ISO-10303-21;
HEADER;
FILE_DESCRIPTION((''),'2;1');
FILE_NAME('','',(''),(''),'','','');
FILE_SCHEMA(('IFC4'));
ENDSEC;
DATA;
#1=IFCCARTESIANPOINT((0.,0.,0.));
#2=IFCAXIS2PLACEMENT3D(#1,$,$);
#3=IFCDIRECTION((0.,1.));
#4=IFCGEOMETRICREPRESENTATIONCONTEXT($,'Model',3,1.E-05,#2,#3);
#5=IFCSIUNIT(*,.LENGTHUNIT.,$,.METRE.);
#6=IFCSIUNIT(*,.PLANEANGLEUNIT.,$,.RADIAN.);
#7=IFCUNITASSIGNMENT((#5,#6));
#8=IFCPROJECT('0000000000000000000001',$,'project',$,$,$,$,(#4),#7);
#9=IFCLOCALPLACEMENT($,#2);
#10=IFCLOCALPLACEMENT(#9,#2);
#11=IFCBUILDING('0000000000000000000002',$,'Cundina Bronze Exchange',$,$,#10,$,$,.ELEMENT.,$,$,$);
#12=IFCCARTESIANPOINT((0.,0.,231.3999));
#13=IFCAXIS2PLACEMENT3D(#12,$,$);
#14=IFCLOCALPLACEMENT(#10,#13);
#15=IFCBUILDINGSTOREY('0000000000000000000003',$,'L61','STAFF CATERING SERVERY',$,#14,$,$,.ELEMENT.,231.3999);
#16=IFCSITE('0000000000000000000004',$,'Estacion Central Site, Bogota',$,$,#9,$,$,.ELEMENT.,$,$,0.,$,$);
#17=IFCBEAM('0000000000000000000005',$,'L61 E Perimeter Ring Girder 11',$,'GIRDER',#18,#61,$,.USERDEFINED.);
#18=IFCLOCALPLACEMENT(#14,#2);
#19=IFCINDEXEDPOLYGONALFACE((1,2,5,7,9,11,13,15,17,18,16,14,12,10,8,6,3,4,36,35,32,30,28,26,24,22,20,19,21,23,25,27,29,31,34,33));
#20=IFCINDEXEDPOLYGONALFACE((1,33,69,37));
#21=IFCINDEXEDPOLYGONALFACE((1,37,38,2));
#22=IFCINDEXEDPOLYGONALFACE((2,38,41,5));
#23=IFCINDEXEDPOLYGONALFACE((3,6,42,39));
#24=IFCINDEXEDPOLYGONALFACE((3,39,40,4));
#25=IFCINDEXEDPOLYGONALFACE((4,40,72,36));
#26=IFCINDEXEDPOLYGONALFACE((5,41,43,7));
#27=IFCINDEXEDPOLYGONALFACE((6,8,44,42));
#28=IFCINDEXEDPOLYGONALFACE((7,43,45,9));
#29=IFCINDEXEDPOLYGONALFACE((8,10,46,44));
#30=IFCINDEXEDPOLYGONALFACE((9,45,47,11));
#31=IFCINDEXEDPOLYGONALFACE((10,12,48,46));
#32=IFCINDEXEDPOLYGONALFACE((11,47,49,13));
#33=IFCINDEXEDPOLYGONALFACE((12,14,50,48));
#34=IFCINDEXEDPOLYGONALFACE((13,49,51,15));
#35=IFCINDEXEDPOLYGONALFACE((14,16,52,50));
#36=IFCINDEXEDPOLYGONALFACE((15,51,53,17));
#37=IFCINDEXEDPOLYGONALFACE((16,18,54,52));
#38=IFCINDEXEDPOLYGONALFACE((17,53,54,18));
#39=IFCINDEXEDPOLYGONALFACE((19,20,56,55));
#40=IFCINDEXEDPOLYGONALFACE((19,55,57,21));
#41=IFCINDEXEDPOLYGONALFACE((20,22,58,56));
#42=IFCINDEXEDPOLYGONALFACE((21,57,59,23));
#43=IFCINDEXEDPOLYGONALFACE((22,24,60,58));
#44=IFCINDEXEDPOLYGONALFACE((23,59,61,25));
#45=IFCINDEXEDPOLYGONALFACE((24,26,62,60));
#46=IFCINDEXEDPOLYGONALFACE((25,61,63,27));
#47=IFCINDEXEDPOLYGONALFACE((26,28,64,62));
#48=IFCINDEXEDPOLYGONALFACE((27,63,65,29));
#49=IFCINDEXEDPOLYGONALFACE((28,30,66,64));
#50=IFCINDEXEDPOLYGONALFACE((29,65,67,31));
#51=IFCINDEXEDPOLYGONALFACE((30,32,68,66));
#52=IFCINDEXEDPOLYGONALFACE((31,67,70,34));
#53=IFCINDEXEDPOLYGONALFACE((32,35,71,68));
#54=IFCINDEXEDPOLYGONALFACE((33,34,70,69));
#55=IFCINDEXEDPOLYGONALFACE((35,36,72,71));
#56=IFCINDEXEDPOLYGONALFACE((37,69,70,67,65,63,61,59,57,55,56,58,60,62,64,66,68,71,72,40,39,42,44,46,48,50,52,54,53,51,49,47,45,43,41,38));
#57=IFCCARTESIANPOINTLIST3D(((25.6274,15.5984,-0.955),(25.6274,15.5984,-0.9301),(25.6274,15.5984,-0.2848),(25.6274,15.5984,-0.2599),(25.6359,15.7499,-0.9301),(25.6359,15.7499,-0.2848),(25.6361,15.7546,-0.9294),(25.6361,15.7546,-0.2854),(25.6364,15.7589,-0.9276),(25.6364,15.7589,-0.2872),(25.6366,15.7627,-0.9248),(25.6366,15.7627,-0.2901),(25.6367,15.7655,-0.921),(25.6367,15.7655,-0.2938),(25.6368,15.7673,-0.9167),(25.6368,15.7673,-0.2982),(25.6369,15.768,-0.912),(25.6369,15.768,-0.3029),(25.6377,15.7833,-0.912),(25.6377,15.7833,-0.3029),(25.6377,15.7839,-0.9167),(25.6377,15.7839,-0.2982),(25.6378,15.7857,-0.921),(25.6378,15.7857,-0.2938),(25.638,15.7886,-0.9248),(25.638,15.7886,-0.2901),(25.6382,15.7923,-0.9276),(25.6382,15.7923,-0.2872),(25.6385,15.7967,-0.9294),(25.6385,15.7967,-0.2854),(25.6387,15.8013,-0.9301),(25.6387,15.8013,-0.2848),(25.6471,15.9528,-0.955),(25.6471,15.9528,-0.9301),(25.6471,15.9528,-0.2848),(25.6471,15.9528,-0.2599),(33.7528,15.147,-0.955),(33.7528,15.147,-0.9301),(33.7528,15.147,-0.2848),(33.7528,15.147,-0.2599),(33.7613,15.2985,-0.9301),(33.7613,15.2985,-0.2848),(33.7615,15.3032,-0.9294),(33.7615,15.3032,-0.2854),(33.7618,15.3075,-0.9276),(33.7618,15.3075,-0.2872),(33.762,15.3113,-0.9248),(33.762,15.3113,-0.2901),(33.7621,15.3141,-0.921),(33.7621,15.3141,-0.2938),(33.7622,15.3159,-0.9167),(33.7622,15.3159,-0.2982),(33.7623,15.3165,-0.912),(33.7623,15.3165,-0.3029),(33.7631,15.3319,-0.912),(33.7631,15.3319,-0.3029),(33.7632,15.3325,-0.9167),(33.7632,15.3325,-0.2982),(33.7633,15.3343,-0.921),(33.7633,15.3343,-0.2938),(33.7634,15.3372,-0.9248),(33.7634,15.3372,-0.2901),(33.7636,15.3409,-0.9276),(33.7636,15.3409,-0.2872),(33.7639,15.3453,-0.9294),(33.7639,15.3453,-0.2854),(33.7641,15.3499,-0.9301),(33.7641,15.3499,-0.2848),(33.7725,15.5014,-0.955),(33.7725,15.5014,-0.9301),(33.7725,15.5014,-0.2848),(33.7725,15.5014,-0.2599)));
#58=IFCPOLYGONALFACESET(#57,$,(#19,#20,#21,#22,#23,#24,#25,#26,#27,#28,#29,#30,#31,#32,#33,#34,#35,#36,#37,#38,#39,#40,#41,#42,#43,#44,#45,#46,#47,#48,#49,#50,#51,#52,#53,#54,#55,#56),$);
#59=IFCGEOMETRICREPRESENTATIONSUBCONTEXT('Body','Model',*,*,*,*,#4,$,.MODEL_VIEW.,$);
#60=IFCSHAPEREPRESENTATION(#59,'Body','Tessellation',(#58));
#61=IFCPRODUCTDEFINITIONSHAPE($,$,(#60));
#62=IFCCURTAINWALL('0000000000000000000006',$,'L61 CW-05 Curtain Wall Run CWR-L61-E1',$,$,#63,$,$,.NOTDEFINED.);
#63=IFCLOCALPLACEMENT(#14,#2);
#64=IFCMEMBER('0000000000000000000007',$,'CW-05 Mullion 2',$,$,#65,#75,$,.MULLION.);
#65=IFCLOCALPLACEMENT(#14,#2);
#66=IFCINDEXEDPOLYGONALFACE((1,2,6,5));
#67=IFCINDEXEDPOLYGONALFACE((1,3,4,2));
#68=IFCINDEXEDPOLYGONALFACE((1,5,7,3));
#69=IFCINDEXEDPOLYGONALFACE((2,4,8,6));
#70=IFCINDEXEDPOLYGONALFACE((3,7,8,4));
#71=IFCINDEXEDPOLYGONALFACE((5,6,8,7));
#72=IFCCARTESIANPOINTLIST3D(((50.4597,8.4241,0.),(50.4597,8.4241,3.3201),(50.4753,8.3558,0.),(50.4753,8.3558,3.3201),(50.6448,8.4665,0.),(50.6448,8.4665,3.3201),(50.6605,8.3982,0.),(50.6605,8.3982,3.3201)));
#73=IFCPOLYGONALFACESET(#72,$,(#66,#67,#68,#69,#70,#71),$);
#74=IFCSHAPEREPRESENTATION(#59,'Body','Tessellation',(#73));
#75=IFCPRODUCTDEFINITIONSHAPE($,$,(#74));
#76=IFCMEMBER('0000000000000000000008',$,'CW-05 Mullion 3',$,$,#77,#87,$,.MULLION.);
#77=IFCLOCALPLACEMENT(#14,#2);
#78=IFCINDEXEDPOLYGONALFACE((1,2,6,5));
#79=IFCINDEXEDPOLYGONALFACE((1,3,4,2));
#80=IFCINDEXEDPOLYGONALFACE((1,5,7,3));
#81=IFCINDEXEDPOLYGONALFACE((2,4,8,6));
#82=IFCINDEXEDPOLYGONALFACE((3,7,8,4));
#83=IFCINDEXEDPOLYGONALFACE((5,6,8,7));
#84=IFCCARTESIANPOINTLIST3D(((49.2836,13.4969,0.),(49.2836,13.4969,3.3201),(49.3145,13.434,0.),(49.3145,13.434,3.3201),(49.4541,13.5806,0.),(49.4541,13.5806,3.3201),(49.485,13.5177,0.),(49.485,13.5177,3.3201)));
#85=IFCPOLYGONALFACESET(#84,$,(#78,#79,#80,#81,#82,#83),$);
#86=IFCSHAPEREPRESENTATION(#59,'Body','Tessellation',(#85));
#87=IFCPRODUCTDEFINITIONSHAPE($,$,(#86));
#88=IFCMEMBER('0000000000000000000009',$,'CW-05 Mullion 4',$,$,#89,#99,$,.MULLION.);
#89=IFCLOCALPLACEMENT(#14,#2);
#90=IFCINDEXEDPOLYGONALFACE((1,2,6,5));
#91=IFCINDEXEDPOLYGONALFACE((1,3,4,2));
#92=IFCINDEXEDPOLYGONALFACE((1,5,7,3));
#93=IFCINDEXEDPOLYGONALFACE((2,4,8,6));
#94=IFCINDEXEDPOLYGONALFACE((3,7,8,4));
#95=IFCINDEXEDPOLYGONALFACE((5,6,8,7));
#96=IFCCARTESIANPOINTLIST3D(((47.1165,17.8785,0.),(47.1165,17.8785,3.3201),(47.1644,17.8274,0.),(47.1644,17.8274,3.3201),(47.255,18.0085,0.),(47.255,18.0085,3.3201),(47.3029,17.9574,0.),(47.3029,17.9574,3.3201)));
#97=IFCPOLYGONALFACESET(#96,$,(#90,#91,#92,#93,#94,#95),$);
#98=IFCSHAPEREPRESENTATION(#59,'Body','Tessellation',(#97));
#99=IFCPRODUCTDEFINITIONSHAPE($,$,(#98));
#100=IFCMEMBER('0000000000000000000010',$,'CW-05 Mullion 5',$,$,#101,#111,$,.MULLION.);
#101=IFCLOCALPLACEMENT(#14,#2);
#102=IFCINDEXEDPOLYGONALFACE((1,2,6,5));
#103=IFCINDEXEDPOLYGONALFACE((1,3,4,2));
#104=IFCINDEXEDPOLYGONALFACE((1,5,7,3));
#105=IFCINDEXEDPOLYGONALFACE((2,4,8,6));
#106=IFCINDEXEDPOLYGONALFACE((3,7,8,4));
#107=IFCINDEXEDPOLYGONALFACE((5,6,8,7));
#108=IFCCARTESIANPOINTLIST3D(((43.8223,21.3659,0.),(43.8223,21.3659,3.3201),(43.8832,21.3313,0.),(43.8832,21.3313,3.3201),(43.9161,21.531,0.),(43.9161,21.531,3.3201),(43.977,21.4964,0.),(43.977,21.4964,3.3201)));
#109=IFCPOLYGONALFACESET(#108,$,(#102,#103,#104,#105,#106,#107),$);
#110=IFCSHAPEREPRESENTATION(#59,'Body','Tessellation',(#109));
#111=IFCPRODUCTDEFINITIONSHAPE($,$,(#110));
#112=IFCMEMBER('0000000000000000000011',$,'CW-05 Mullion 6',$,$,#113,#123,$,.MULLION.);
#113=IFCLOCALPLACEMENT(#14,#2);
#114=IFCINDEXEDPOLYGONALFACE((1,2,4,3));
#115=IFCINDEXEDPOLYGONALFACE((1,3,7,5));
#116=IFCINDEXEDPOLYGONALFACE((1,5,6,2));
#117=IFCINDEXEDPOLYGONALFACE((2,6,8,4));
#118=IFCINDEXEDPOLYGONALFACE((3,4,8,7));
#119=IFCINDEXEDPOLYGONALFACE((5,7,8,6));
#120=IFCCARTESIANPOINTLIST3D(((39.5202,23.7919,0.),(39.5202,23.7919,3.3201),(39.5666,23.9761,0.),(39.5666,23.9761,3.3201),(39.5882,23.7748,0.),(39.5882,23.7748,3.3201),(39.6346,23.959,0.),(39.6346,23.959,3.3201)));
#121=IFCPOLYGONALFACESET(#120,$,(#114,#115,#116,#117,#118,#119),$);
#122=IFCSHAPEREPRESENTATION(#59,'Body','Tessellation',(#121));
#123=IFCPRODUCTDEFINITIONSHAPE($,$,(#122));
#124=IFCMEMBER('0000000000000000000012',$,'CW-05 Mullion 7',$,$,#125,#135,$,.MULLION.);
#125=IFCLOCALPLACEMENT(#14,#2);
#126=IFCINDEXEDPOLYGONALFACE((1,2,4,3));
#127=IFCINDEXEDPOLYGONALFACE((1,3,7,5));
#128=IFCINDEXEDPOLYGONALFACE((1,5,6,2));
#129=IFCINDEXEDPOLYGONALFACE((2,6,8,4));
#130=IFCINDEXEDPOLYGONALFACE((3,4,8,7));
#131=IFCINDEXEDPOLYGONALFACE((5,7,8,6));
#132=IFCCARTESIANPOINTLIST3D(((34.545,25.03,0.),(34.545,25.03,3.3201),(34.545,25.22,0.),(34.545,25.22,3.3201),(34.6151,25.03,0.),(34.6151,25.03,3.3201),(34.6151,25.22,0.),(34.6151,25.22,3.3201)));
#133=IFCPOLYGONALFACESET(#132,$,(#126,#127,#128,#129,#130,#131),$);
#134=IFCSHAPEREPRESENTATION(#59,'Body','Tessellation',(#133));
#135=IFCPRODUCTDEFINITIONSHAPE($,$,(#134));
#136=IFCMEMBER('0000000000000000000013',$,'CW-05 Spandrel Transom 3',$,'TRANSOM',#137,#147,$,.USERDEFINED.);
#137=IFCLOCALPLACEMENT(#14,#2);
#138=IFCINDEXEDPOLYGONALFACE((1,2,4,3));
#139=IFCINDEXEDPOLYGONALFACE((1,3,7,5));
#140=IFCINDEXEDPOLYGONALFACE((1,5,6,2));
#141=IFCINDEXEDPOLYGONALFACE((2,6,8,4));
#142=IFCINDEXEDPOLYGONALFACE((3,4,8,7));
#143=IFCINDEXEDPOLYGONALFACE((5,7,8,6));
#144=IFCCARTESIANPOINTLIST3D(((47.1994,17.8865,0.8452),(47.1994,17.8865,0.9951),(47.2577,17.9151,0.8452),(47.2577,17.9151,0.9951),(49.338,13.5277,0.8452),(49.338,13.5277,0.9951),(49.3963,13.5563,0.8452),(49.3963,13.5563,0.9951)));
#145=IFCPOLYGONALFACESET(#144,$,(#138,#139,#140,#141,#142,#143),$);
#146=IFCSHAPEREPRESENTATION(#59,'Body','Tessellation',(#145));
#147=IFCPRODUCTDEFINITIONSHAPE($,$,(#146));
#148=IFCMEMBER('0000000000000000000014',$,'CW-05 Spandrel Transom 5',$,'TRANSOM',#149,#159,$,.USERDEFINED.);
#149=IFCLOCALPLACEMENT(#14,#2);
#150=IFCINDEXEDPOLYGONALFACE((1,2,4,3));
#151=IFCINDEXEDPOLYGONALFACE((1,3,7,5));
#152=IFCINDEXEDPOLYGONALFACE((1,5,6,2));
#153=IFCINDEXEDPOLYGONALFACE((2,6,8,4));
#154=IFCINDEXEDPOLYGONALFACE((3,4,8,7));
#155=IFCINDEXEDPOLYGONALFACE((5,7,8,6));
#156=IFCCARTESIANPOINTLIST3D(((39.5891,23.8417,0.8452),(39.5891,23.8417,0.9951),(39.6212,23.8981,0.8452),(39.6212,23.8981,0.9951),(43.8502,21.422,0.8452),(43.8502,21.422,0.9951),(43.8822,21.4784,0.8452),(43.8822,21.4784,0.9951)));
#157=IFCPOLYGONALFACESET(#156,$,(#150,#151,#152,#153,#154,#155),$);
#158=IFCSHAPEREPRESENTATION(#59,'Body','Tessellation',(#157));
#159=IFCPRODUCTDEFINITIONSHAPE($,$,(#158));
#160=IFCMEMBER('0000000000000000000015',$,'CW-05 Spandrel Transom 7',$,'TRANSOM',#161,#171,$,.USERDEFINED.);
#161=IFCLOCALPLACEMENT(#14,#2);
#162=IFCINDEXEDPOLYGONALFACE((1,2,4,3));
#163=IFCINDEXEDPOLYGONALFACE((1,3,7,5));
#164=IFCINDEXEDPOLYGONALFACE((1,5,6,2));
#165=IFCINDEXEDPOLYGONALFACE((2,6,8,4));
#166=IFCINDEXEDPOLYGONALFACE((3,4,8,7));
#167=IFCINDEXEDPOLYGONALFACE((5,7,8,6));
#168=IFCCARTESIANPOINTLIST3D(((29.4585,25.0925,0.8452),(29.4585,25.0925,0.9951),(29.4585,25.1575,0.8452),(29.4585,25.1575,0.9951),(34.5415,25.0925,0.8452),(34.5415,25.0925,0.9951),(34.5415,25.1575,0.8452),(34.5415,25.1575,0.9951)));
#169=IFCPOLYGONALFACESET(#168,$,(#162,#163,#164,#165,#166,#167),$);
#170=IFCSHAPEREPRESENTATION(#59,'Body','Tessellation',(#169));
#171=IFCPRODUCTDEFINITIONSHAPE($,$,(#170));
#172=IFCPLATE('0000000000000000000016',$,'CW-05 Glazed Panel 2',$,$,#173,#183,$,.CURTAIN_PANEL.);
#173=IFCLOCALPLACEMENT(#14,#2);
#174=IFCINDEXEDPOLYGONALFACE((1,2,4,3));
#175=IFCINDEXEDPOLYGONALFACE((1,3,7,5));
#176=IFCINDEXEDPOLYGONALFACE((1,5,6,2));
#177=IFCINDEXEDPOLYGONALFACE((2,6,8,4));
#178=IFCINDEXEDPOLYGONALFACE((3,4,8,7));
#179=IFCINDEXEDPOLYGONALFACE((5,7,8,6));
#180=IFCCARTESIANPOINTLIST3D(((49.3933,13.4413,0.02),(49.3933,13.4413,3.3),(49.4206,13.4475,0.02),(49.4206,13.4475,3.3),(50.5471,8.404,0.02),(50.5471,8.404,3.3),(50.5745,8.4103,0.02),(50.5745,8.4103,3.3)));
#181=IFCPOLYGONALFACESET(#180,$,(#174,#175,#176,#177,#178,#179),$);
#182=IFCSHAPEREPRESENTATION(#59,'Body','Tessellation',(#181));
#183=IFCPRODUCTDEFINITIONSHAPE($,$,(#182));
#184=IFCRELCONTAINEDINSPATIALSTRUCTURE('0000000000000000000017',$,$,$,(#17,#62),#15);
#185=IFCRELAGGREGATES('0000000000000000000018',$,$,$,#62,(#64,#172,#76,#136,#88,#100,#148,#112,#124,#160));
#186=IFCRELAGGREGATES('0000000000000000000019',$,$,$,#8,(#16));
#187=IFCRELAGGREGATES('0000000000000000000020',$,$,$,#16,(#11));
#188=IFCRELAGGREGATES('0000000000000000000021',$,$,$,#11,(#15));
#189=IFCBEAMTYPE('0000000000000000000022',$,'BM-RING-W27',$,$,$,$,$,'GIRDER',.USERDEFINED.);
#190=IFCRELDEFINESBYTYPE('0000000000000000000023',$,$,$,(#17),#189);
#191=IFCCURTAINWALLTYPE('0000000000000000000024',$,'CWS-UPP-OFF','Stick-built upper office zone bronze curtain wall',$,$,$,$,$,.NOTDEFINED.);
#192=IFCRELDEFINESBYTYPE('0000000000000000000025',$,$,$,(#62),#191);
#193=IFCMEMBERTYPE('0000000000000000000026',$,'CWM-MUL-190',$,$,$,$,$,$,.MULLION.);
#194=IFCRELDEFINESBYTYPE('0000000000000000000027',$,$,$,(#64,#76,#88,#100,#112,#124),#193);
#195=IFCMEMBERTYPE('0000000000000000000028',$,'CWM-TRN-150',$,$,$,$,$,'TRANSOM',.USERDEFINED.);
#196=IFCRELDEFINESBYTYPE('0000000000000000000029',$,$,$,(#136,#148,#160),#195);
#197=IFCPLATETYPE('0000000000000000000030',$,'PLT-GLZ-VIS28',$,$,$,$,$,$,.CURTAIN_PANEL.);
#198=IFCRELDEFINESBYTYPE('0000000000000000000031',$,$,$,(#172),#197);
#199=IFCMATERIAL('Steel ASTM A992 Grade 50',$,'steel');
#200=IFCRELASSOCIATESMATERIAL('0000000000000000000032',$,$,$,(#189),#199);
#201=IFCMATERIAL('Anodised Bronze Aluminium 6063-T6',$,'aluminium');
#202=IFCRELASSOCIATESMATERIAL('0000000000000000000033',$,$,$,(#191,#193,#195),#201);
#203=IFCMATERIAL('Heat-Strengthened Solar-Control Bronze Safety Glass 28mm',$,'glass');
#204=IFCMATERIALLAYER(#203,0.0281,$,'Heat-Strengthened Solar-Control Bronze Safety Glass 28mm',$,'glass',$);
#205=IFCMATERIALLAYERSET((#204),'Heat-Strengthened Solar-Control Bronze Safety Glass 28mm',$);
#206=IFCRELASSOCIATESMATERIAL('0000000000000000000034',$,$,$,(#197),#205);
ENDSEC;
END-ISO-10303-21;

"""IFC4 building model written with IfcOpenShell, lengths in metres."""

from ifc_helpers import new_model, si_unit, direction, frame, origin, origin_2d, place, context, subcontext, project, spatial, rectangle, i_section, extrude, material, layer, layer_set, material_profile, profile_set, type_object, element, aggregate, save


model = new_model("IFC4")

# Units and contexts
model_context = context("Model", 3, precision=1e-05, world=origin(), true_north=direction((0.0, 1.0)))
body_context = subcontext(model_context, "Body", "Model", "MODEL_VIEW")
ifc_project = project(units=[si_unit("LENGTHUNIT", "METRE"), si_unit("PLANEANGLEUNIT", "RADIAN")], contexts=[model_context])

# Site, building, storey
site_placement = place(None, origin())
site = spatial("IfcSite", under=ifc_project, at=site_placement, Name="Estacion Central Site, Bogota", CompositionType="ELEMENT", RefElevation=0.0)
building_placement = place(site_placement, origin())
building = spatial("IfcBuilding", under=site, at=building_placement, Name="Cundina Bronze Exchange", CompositionType="ELEMENT")
storey_placement = place(building_placement, frame((0.0, 0.0, 231.3999)))
storey = spatial("IfcBuildingStorey", under=building, at=storey_placement, Name="L61", Description="STAFF CATERING SERVERY", CompositionType="ELEMENT", Elevation=231.3999)

# Beam
ifc_material_1 = material(Name="Steel ASTM A992 Grade 50", Category="steel")
ifc_material_profile_1 = material_profile(ifc_material_1, i_section(OverallWidth=0.355, OverallDepth=0.6951, WebThickness=0.0154, FlangeThickness=0.0249, FilletRadius=0.0181, at=origin_2d()), Name="W27X146", Category="steel")
ifc_profile_set_1 = profile_set([ifc_material_profile_1], Name="Steel ASTM A992 Grade 50")
beam_type_1 = type_object("IfcBeamType", Name="BM-RING-W27", ElementType="GIRDER", PredefinedType="USERDEFINED", material=ifc_profile_set_1)
for number, where, z_axis, x_axis, name in (
    (1, (33.7627, 15.3242, -0.6074), (-0.99846, 0.05547, 0.0), (-0.05547, -0.99846, 0.0), "L61 E Perimeter Ring Girder 11"),
):
    element("IfcBeam", number, at=place(storey_placement, frame(where, z_axis=z_axis, x_axis=x_axis)), inside=storey, type_object=beam_type_1, Name=name, ObjectType="GIRDER", PredefinedType="USERDEFINED", context=body_context, shape_type="SweptSolid", body=[
        extrude(i_section(OverallWidth=0.355, OverallDepth=0.6951, WebThickness=0.0154, FlangeThickness=0.0249, FilletRadius=0.0181, at=origin_2d()), origin(), (0.0, 0.0, 1.0), 8.1379),
    ])

# Curtain wall, members, plate
ifc_material_2 = material(Name="Anodised Bronze Aluminium 6063-T6", Category="aluminium")
curtain_wall_type = type_object("IfcCurtainWallType", Name="CWS-UPP-OFF", Description="Stick-built upper office zone bronze curtain wall", PredefinedType="NOTDEFINED", material=ifc_material_2)
curtain_wall_placement = place(storey_placement, origin())
curtain_wall = element("IfcCurtainWall", 2, at=curtain_wall_placement, inside=storey, type_object=curtain_wall_type, Name="L61 CW-05 Curtain Wall Run CWR-L61-E1", PredefinedType="NOTDEFINED")
ifc_material_profile_2 = material_profile(ifc_material_2, rectangle(XDim=0.0701, YDim=0.1899, at=origin_2d()), Name="AL70X190", Category="aluminium")
ifc_profile_set_2 = profile_set([ifc_material_profile_2], Name="Anodised Bronze Aluminium 6063-T6")
member_type_1 = type_object("IfcMemberType", Name="CWM-MUL-190", PredefinedType="MULLION", material=ifc_profile_set_2)
member_1_placement = place(storey_placement, frame((50.5601, 8.4111, 0.0), z_axis=(0.0, 0.0, 1.0), x_axis=(-0.22325, 0.974761, 0.0)))
member_1 = element("IfcMember", 3, at=member_1_placement, type_object=member_type_1, Name="CW-05 Mullion 2", PredefinedType="MULLION", context=body_context, shape_type="SweptSolid", body=[
    extrude(rectangle(XDim=0.0701, YDim=0.1899, at=origin_2d()), origin(), (0.0, 0.0, 1.0), 3.3201),
])
member_2_placement = place(storey_placement, frame((49.3843, 13.5073, 0.0), z_axis=(0.0, 0.0, 1.0), x_axis=(-0.440566, 0.89772, 0.0)))
member_2 = element("IfcMember", 4, at=member_2_placement, type_object=member_type_1, Name="CW-05 Mullion 3", PredefinedType="MULLION", context=body_context, shape_type="SweptSolid", body=[
    extrude(rectangle(XDim=0.0701, YDim=0.1899, at=origin_2d()), origin(), (0.0, 0.0, 1.0), 3.3201),
])
member_3_placement = place(storey_placement, frame((47.2097, 17.918, 0.0), z_axis=(0.0, 0.0, 1.0), x_axis=(-0.684293, 0.729208, 0.0)))
member_3 = element("IfcMember", 5, at=member_3_placement, type_object=member_type_1, Name="CW-05 Mullion 4", PredefinedType="MULLION", context=body_context, shape_type="SweptSolid", body=[
    extrude(rectangle(XDim=0.0701, YDim=0.1899, at=origin_2d()), origin(), (0.0, 0.0, 1.0), 3.3201),
])
member_4_placement = place(storey_placement, frame((43.8997, 21.4312, 0.0), z_axis=(0.0, 0.0, 1.0), x_axis=(-0.869581, 0.49379, 0.0)))
member_4 = element("IfcMember", 6, at=member_4_placement, type_object=member_type_1, Name="CW-05 Mullion 5", PredefinedType="MULLION", context=body_context, shape_type="SweptSolid", body=[
    extrude(rectangle(XDim=0.0701, YDim=0.1899, at=origin_2d()), origin(), (0.0, 0.0, 1.0), 3.3201),
])
member_5_placement = place(storey_placement, frame((39.5774, 23.8755, 0.0), z_axis=(0.0, 0.0, 1.0), x_axis=(-0.969744, 0.244123, 0.0)))
member_5 = element("IfcMember", 7, at=member_5_placement, type_object=member_type_1, Name="CW-05 Mullion 6", PredefinedType="MULLION", context=body_context, shape_type="SweptSolid", body=[
    extrude(rectangle(XDim=0.0701, YDim=0.1899, at=origin_2d()), origin(), (0.0, 0.0, 1.0), 3.3201),
])
member_6_placement = place(storey_placement, frame((34.5801, 25.125, 0.0), z_axis=(0.0, 0.0, 1.0), x_axis=(-1.0, 0.0, 0.0)))
member_6 = element("IfcMember", 8, at=member_6_placement, type_object=member_type_1, Name="CW-05 Mullion 7", PredefinedType="MULLION", context=body_context, shape_type="SweptSolid", body=[
    extrude(rectangle(XDim=0.0701, YDim=0.1899, at=origin_2d()), origin(), (0.0, 0.0, 1.0), 3.3201),
])
ifc_material_profile_3 = material_profile(ifc_material_2, rectangle(XDim=0.0649, YDim=0.1499, at=origin_2d()), Name="AL65X150", Category="aluminium")
ifc_profile_set_3 = profile_set([ifc_material_profile_3], Name="Anodised Bronze Aluminium 6063-T6")
member_type_2 = type_object("IfcMemberType", Name="CWM-TRN-150", ElementType="TRANSOM", PredefinedType="USERDEFINED", material=ifc_profile_set_3)
member_7_placement = place(storey_placement, frame((49.3672, 13.542, 0.9202), z_axis=(-0.440483, 0.897761, 0.0), x_axis=(-0.897761, -0.440483, 0.0)))
member_7 = element("IfcMember", 9, at=member_7_placement, type_object=member_type_2, Name="CW-05 Spandrel Transom 3", ObjectType="TRANSOM", PredefinedType="USERDEFINED", context=body_context, shape_type="SweptSolid", body=[
    extrude(rectangle(XDim=0.0649, YDim=0.1499, at=origin_2d()), origin(), (0.0, 0.0, 1.0), 4.8552),
])
member_8_placement = place(storey_placement, frame((43.8662, 21.4502, 0.9202), z_axis=(-0.869574, 0.493803, 0.0), x_axis=(-0.493803, -0.869574, 0.0)))
member_8 = element("IfcMember", 10, at=member_8_placement, type_object=member_type_2, Name="CW-05 Spandrel Transom 5", ObjectType="TRANSOM", PredefinedType="USERDEFINED", context=body_context, shape_type="SweptSolid", body=[
    extrude(rectangle(XDim=0.0649, YDim=0.1499, at=origin_2d()), origin(), (0.0, 0.0, 1.0), 4.9001),
])
member_9_placement = place(storey_placement, frame((34.5415, 25.125, 0.9202), z_axis=(-1.0, 0.0, 0.0), x_axis=(0.0, -1.0, 0.0)))
member_9 = element("IfcMember", 11, at=member_9_placement, type_object=member_type_2, Name="CW-05 Spandrel Transom 7", ObjectType="TRANSOM", PredefinedType="USERDEFINED", context=body_context, shape_type="SweptSolid", body=[
    extrude(rectangle(XDim=0.0649, YDim=0.1499, at=origin_2d()), origin(), (0.0, 0.0, 1.0), 5.083),
])
ifc_material_3 = material(Name="Heat-Strengthened Solar-Control Bronze Safety Glass 28mm", Category="glass")
ifc_layer_1 = layer(ifc_material_3, 0.0281, Name="Heat-Strengthened Solar-Control Bronze Safety Glass 28mm", Category="glass")
ifc_layer_set_1 = layer_set([ifc_layer_1], Name="Heat-Strengthened Solar-Control Bronze Safety Glass 28mm")
plate_type_1 = type_object("IfcPlateType", Name="PLT-GLZ-VIS28", PredefinedType="CURTAIN_PANEL", material=ifc_layer_set_1)
plate_1_placement = place(storey_placement, frame((49.9839, 10.9258, 0.02), z_axis=(0.0, 0.0, 1.0), x_axis=(-0.223284, 0.974753, 0.0)))
plate_1 = element("IfcPlate", 12, at=plate_1_placement, type_object=plate_type_1, Name="CW-05 Glazed Panel 2", PredefinedType="CURTAIN_PANEL", context=body_context, shape_type="SweptSolid", body=[
    extrude(rectangle(XDim=5.1677, YDim=0.0281, at=origin_2d()), origin(), (0.0, 0.0, 1.0), 3.28),
])
aggregate(curtain_wall, [member_1, plate_1, member_2, member_7, member_3, member_4, member_8, member_5, member_6, member_9])

save(model, "model.ifc")
